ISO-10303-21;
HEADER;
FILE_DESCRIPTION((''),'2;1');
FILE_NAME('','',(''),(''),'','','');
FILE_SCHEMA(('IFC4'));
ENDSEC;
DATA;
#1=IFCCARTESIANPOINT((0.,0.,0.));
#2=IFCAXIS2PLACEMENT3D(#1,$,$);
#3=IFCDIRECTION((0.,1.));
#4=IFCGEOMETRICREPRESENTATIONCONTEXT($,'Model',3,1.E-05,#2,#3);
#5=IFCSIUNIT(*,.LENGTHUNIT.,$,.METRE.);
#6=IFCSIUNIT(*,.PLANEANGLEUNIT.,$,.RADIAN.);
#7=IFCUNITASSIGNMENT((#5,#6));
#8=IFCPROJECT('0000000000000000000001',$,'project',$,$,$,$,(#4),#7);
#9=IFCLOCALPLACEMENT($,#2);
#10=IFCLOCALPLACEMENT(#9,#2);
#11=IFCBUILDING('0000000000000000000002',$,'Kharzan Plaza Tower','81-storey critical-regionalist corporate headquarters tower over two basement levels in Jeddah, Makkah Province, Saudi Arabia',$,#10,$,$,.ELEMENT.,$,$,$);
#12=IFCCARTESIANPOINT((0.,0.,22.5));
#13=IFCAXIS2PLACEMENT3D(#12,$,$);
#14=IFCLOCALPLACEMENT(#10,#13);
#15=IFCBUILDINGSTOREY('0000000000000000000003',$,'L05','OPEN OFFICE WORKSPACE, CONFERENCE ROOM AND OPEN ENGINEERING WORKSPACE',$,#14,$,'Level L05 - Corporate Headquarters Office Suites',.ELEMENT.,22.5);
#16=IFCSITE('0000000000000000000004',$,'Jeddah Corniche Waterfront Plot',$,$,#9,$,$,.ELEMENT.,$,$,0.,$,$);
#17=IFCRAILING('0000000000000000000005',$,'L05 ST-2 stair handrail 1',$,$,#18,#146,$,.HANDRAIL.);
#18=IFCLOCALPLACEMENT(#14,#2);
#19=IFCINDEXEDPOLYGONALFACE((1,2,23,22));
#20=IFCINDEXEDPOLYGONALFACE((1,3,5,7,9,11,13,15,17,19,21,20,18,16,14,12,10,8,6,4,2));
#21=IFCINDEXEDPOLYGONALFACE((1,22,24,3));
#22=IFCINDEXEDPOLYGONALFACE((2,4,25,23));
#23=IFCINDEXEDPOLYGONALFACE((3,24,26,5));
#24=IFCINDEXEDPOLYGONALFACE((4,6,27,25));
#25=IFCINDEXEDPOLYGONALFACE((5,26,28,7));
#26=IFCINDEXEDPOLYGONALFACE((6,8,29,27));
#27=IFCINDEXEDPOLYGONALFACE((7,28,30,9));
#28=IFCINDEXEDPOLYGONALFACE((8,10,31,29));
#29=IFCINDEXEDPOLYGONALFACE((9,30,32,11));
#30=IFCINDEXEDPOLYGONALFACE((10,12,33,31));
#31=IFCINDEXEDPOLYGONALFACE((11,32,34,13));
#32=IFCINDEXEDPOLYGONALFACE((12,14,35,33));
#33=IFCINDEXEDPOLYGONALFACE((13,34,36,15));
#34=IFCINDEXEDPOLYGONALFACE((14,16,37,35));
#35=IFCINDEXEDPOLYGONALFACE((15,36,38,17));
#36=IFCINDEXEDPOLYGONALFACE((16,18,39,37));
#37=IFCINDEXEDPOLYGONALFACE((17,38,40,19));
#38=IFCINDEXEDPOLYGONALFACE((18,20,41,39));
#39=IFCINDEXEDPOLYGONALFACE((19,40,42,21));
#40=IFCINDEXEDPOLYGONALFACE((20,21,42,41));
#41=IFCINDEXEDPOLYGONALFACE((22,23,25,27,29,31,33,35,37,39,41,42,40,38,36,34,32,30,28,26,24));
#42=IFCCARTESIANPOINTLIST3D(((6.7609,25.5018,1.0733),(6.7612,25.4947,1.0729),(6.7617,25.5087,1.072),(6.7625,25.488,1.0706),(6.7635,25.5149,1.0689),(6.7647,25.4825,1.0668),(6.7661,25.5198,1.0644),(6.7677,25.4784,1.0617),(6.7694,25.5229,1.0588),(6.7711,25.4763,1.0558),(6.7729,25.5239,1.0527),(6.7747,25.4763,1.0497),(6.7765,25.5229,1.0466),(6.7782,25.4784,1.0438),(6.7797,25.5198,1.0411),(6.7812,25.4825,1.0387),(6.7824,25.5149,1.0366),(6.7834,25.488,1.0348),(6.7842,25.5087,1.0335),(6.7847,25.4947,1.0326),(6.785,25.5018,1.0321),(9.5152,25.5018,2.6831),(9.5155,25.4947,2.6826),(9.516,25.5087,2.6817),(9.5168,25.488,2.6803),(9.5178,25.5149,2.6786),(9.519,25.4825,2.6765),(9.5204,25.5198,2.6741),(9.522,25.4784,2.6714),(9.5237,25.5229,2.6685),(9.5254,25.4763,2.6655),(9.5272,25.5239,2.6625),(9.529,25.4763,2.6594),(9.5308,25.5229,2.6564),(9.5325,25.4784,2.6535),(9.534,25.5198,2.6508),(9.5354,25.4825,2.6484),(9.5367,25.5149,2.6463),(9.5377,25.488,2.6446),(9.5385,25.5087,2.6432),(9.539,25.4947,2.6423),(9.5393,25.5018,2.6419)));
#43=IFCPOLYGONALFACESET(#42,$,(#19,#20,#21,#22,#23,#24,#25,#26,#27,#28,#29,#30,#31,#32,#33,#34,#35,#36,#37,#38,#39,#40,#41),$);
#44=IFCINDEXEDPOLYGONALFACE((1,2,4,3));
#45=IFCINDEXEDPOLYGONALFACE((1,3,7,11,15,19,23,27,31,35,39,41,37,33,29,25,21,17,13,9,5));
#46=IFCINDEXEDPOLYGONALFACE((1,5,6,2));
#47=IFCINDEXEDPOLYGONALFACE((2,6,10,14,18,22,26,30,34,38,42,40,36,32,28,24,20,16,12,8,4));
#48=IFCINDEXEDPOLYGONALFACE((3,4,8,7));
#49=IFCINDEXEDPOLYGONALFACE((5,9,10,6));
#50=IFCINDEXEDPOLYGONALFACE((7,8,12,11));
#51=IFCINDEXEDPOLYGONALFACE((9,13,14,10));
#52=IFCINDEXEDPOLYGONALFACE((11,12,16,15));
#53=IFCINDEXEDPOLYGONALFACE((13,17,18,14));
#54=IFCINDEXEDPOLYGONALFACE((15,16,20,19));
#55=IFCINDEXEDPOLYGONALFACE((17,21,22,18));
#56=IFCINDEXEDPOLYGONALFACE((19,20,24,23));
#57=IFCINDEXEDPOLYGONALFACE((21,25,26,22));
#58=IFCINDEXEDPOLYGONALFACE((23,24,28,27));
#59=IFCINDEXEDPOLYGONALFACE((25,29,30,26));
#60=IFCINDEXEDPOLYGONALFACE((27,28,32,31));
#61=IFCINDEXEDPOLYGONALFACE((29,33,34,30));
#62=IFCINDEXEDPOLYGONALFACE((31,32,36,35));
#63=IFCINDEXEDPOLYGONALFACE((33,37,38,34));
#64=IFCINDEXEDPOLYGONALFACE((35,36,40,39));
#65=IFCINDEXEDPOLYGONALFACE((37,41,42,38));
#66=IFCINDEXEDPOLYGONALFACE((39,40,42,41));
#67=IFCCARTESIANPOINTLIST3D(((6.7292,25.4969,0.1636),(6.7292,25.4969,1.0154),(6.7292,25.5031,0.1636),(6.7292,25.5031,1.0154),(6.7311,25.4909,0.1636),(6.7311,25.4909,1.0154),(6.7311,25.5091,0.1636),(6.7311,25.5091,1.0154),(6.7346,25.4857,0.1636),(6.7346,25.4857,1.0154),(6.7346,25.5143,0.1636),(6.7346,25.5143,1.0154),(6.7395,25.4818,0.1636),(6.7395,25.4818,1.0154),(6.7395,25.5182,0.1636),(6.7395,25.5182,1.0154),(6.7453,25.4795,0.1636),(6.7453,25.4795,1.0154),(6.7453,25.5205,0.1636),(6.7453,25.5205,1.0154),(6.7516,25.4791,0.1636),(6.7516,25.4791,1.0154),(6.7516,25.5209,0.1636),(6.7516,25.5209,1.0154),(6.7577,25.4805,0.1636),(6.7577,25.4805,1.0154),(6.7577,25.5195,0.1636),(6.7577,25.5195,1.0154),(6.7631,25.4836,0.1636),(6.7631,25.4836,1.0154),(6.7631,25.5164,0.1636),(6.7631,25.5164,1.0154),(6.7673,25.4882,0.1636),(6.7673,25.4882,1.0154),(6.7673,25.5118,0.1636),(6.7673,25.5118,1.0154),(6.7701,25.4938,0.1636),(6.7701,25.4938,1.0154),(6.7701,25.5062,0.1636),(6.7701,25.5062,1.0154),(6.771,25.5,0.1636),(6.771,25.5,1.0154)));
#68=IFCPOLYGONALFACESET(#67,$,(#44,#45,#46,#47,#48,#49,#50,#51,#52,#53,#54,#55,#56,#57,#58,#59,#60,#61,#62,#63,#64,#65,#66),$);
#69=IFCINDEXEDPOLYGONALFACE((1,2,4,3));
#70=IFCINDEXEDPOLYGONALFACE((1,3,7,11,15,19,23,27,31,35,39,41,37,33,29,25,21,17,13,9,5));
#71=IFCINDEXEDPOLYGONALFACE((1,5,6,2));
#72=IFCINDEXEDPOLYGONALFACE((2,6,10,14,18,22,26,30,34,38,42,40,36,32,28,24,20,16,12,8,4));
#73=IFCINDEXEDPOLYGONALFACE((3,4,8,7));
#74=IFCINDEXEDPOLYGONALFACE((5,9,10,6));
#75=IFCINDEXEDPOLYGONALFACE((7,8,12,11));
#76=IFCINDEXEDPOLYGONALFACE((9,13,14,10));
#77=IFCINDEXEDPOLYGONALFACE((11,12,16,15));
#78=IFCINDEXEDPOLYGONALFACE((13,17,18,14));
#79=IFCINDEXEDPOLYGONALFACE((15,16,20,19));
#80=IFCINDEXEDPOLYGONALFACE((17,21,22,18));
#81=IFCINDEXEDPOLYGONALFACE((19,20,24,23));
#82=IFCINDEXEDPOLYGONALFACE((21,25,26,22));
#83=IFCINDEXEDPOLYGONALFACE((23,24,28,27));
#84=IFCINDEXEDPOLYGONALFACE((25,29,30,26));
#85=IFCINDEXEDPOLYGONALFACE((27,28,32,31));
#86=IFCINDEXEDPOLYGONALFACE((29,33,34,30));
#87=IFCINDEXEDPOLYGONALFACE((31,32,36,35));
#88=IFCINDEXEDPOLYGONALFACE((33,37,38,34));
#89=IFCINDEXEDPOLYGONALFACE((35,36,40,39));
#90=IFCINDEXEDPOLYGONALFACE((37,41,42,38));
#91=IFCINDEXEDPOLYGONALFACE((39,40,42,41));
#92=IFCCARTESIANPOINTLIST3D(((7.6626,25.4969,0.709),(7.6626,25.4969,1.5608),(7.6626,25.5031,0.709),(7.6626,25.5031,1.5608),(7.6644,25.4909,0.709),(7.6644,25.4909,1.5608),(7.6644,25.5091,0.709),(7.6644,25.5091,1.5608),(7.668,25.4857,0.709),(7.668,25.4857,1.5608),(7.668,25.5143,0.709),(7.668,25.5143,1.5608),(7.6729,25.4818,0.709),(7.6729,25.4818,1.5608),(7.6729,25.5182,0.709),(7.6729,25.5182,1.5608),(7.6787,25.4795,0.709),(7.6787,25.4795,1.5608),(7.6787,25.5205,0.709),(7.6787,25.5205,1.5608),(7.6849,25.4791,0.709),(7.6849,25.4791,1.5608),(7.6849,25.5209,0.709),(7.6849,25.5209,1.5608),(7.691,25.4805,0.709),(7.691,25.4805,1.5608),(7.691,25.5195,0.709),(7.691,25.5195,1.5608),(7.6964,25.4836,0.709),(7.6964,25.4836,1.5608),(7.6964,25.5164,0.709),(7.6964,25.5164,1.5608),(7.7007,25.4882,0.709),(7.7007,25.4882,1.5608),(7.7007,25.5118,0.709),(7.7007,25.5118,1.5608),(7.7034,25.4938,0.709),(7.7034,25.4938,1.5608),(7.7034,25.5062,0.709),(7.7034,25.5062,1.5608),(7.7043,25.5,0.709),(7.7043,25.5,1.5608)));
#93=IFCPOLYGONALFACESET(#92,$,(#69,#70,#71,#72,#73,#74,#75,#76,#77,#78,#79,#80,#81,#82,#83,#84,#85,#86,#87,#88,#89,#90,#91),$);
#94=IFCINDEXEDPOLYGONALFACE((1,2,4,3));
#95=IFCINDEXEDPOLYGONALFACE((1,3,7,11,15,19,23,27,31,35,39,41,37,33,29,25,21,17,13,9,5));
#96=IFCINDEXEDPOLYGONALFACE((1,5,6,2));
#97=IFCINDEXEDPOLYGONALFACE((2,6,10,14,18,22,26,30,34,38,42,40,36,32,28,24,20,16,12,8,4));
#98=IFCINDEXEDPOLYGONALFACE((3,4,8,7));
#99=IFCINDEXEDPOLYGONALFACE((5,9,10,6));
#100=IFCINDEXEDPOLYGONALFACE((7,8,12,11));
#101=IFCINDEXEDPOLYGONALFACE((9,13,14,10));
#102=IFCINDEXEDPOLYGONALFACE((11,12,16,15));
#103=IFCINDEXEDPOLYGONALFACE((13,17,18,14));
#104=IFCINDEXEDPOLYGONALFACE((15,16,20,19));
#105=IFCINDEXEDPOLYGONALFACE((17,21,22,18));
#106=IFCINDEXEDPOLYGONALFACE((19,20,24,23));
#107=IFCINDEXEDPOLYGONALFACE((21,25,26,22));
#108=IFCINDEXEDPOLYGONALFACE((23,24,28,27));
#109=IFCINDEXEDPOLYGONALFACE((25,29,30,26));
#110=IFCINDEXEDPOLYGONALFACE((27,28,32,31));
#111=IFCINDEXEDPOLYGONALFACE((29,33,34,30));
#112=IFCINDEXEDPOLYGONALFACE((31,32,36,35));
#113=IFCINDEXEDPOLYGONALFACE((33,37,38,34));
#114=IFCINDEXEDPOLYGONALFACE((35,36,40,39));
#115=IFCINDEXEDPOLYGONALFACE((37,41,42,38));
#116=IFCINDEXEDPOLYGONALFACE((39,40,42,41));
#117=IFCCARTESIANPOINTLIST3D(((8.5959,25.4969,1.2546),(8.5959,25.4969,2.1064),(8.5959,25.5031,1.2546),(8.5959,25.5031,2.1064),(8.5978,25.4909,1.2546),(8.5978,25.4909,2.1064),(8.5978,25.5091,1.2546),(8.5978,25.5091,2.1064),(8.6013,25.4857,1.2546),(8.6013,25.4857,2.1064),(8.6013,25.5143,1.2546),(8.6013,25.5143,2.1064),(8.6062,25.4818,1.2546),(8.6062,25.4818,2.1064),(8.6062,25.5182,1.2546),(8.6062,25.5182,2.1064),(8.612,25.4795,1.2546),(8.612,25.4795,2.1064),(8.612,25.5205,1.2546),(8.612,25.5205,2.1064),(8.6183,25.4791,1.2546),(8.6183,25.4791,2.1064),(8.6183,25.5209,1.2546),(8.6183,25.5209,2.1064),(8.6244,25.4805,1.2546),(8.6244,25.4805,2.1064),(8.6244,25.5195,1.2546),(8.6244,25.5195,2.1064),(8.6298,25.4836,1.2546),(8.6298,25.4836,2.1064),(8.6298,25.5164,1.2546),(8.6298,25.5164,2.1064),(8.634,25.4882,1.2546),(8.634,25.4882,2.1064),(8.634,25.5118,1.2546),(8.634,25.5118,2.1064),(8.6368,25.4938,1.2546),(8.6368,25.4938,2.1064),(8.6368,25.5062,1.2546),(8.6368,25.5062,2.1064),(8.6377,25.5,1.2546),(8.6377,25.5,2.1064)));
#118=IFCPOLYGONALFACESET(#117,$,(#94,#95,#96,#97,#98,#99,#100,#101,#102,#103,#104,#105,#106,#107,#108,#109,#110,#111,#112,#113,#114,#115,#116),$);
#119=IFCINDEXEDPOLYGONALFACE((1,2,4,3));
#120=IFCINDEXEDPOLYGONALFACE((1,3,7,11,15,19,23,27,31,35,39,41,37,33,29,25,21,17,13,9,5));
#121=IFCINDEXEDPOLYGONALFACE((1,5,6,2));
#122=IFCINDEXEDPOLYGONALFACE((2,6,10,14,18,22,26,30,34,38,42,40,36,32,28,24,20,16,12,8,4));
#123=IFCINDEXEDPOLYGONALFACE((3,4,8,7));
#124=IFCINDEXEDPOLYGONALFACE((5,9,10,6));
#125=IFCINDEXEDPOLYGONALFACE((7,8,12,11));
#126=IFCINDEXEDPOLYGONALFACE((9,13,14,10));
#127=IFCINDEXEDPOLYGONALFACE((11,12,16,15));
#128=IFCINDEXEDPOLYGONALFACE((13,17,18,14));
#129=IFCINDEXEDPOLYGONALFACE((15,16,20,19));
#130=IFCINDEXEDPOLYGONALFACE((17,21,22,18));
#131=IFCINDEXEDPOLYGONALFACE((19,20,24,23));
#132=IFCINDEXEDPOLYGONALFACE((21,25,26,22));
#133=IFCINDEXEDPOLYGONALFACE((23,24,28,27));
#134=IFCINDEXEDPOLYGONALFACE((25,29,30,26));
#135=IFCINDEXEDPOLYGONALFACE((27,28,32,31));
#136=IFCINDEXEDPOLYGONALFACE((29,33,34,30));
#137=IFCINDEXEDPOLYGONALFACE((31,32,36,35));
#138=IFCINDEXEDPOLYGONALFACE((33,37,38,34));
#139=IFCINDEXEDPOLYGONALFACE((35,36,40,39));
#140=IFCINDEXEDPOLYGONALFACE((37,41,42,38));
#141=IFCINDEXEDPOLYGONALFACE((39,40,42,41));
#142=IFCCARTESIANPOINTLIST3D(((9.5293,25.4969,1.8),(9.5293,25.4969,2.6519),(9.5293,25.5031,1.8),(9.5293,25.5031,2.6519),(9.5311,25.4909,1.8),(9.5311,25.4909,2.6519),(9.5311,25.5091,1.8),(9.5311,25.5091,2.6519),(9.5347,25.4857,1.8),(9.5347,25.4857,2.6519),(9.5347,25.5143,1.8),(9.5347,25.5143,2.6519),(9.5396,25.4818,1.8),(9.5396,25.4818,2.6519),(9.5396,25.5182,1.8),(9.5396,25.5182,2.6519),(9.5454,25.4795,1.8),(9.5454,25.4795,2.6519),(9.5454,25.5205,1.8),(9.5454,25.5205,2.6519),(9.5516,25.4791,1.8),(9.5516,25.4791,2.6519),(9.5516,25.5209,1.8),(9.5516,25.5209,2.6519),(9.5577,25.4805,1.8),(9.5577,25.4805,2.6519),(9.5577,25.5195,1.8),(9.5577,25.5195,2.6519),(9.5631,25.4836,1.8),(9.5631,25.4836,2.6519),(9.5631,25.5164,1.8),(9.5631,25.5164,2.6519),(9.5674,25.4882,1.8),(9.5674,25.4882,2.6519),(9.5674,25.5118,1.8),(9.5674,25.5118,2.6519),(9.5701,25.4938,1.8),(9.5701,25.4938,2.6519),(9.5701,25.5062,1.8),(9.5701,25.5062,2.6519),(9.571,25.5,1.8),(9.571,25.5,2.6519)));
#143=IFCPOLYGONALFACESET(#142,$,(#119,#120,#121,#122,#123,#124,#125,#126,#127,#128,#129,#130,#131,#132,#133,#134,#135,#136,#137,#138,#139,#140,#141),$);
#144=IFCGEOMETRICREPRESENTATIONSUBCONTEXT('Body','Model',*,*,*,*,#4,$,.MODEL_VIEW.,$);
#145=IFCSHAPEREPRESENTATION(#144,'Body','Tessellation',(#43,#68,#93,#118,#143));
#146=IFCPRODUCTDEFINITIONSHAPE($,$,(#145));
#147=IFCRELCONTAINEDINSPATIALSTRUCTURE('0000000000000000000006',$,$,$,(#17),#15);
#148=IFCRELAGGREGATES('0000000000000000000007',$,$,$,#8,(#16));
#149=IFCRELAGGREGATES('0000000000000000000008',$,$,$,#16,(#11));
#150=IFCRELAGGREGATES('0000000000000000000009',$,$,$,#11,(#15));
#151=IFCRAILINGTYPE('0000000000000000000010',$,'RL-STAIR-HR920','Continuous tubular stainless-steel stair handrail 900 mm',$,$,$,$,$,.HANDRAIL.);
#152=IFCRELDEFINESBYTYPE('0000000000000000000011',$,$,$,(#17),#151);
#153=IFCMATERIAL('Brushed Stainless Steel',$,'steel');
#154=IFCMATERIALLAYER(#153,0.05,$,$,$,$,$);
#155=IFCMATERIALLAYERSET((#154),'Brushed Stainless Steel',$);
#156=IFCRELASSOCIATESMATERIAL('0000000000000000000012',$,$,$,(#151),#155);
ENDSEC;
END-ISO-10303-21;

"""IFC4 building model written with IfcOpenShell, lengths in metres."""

from ifc_helpers import new_model, si_unit, direction, frame, origin, origin_2d, place, context, subcontext, project, spatial, circle, extrude, source, transform, mapped, material, layer, layer_set, type_object, element, save


model = new_model("IFC4")

# Units and contexts
model_context = context("Model", 3, precision=1e-05, world=origin(), true_north=direction((0.0, 1.0)))
body_context = subcontext(model_context, "Body", "Model", "MODEL_VIEW")
ifc_project = project(units=[si_unit("LENGTHUNIT", "METRE"), si_unit("PLANEANGLEUNIT", "RADIAN")], contexts=[model_context])

# Site, building, storey
site_placement = place(None, origin())
site = spatial("IfcSite", under=ifc_project, at=site_placement, Name="Jeddah Corniche Waterfront Plot", CompositionType="ELEMENT", RefElevation=0.0)
building_placement = place(site_placement, origin())
building = spatial("IfcBuilding", under=site, at=building_placement, Name="Kharzan Plaza Tower", Description="81-storey critical-regionalist corporate headquarters tower over two basement levels in Jeddah, Makkah Province, Saudi Arabia", CompositionType="ELEMENT")
storey_placement = place(building_placement, frame((0.0, 0.0, 22.5)))
storey = spatial("IfcBuildingStorey", under=building, at=storey_placement, Name="L05", Description="OPEN OFFICE WORKSPACE, CONFERENCE ROOM AND OPEN ENGINEERING WORKSPACE", LongName="Level L05 - Corporate Headquarters Office Suites", CompositionType="ELEMENT", Elevation=22.5)

# Shared definitions
ifc_material_1 = material(Name="Brushed Stainless Steel", Category="steel")

# Railing
ifc_layer_1 = layer(ifc_material_1, 0.05)
ifc_layer_set_1 = layer_set([ifc_layer_1], Name="Brushed Stainless Steel")
railing_type_1 = type_object("IfcRailingType", Name="RL-STAIR-HR920", Description="Continuous tubular stainless-steel stair handrail 900 mm", PredefinedType="HANDRAIL", material=ifc_layer_set_1)
shared_shape_1 = source(origin(), body_context, "Body", "SweptSolid", [
    extrude(circle(Radius=0.0239, at=origin_2d()), frame((0.0229, 0.0, 0.8892), z_axis=(0.863361, 0.0, 0.504587), x_axis=(0.0, 1.0, 0.0)), (0.0, 0.0, 1.0), 3.1902),
    extrude(circle(Radius=0.021, at=origin_2d()), origin(), (0.0, 0.0, 1.0), 0.8518),
    extrude(circle(Radius=0.021, at=origin_2d()), frame((0.9333, 0.0, 0.5454)), (0.0, 0.0, 1.0), 0.8518),
    extrude(circle(Radius=0.021, at=origin_2d()), frame((1.8667, 0.0, 1.0911)), (0.0, 0.0, 1.0), 0.8518),
    extrude(circle(Radius=0.021, at=origin_2d()), frame((2.8, 0.0, 1.6365)), (0.0, 0.0, 1.0), 0.8518),
])
railing_1_placement = place(storey_placement, frame((6.75, 25.5, 0.1636)))
element("IfcRailing", 1, at=railing_1_placement, inside=storey, type_object=railing_type_1, Name="L05 ST-2 stair handrail 1", PredefinedType="HANDRAIL", context=body_context, shape_type="MappedRepresentation", body=[
    mapped(shared_shape_1, transform((0.0, 0.0, 0.0), x_axis=(1.0, 0.0, 0.0), y_axis=(0.0, 1.0, 0.0), z_axis=(0.0, 0.0, 1.0))),
])

save(model, "model.ifc")
